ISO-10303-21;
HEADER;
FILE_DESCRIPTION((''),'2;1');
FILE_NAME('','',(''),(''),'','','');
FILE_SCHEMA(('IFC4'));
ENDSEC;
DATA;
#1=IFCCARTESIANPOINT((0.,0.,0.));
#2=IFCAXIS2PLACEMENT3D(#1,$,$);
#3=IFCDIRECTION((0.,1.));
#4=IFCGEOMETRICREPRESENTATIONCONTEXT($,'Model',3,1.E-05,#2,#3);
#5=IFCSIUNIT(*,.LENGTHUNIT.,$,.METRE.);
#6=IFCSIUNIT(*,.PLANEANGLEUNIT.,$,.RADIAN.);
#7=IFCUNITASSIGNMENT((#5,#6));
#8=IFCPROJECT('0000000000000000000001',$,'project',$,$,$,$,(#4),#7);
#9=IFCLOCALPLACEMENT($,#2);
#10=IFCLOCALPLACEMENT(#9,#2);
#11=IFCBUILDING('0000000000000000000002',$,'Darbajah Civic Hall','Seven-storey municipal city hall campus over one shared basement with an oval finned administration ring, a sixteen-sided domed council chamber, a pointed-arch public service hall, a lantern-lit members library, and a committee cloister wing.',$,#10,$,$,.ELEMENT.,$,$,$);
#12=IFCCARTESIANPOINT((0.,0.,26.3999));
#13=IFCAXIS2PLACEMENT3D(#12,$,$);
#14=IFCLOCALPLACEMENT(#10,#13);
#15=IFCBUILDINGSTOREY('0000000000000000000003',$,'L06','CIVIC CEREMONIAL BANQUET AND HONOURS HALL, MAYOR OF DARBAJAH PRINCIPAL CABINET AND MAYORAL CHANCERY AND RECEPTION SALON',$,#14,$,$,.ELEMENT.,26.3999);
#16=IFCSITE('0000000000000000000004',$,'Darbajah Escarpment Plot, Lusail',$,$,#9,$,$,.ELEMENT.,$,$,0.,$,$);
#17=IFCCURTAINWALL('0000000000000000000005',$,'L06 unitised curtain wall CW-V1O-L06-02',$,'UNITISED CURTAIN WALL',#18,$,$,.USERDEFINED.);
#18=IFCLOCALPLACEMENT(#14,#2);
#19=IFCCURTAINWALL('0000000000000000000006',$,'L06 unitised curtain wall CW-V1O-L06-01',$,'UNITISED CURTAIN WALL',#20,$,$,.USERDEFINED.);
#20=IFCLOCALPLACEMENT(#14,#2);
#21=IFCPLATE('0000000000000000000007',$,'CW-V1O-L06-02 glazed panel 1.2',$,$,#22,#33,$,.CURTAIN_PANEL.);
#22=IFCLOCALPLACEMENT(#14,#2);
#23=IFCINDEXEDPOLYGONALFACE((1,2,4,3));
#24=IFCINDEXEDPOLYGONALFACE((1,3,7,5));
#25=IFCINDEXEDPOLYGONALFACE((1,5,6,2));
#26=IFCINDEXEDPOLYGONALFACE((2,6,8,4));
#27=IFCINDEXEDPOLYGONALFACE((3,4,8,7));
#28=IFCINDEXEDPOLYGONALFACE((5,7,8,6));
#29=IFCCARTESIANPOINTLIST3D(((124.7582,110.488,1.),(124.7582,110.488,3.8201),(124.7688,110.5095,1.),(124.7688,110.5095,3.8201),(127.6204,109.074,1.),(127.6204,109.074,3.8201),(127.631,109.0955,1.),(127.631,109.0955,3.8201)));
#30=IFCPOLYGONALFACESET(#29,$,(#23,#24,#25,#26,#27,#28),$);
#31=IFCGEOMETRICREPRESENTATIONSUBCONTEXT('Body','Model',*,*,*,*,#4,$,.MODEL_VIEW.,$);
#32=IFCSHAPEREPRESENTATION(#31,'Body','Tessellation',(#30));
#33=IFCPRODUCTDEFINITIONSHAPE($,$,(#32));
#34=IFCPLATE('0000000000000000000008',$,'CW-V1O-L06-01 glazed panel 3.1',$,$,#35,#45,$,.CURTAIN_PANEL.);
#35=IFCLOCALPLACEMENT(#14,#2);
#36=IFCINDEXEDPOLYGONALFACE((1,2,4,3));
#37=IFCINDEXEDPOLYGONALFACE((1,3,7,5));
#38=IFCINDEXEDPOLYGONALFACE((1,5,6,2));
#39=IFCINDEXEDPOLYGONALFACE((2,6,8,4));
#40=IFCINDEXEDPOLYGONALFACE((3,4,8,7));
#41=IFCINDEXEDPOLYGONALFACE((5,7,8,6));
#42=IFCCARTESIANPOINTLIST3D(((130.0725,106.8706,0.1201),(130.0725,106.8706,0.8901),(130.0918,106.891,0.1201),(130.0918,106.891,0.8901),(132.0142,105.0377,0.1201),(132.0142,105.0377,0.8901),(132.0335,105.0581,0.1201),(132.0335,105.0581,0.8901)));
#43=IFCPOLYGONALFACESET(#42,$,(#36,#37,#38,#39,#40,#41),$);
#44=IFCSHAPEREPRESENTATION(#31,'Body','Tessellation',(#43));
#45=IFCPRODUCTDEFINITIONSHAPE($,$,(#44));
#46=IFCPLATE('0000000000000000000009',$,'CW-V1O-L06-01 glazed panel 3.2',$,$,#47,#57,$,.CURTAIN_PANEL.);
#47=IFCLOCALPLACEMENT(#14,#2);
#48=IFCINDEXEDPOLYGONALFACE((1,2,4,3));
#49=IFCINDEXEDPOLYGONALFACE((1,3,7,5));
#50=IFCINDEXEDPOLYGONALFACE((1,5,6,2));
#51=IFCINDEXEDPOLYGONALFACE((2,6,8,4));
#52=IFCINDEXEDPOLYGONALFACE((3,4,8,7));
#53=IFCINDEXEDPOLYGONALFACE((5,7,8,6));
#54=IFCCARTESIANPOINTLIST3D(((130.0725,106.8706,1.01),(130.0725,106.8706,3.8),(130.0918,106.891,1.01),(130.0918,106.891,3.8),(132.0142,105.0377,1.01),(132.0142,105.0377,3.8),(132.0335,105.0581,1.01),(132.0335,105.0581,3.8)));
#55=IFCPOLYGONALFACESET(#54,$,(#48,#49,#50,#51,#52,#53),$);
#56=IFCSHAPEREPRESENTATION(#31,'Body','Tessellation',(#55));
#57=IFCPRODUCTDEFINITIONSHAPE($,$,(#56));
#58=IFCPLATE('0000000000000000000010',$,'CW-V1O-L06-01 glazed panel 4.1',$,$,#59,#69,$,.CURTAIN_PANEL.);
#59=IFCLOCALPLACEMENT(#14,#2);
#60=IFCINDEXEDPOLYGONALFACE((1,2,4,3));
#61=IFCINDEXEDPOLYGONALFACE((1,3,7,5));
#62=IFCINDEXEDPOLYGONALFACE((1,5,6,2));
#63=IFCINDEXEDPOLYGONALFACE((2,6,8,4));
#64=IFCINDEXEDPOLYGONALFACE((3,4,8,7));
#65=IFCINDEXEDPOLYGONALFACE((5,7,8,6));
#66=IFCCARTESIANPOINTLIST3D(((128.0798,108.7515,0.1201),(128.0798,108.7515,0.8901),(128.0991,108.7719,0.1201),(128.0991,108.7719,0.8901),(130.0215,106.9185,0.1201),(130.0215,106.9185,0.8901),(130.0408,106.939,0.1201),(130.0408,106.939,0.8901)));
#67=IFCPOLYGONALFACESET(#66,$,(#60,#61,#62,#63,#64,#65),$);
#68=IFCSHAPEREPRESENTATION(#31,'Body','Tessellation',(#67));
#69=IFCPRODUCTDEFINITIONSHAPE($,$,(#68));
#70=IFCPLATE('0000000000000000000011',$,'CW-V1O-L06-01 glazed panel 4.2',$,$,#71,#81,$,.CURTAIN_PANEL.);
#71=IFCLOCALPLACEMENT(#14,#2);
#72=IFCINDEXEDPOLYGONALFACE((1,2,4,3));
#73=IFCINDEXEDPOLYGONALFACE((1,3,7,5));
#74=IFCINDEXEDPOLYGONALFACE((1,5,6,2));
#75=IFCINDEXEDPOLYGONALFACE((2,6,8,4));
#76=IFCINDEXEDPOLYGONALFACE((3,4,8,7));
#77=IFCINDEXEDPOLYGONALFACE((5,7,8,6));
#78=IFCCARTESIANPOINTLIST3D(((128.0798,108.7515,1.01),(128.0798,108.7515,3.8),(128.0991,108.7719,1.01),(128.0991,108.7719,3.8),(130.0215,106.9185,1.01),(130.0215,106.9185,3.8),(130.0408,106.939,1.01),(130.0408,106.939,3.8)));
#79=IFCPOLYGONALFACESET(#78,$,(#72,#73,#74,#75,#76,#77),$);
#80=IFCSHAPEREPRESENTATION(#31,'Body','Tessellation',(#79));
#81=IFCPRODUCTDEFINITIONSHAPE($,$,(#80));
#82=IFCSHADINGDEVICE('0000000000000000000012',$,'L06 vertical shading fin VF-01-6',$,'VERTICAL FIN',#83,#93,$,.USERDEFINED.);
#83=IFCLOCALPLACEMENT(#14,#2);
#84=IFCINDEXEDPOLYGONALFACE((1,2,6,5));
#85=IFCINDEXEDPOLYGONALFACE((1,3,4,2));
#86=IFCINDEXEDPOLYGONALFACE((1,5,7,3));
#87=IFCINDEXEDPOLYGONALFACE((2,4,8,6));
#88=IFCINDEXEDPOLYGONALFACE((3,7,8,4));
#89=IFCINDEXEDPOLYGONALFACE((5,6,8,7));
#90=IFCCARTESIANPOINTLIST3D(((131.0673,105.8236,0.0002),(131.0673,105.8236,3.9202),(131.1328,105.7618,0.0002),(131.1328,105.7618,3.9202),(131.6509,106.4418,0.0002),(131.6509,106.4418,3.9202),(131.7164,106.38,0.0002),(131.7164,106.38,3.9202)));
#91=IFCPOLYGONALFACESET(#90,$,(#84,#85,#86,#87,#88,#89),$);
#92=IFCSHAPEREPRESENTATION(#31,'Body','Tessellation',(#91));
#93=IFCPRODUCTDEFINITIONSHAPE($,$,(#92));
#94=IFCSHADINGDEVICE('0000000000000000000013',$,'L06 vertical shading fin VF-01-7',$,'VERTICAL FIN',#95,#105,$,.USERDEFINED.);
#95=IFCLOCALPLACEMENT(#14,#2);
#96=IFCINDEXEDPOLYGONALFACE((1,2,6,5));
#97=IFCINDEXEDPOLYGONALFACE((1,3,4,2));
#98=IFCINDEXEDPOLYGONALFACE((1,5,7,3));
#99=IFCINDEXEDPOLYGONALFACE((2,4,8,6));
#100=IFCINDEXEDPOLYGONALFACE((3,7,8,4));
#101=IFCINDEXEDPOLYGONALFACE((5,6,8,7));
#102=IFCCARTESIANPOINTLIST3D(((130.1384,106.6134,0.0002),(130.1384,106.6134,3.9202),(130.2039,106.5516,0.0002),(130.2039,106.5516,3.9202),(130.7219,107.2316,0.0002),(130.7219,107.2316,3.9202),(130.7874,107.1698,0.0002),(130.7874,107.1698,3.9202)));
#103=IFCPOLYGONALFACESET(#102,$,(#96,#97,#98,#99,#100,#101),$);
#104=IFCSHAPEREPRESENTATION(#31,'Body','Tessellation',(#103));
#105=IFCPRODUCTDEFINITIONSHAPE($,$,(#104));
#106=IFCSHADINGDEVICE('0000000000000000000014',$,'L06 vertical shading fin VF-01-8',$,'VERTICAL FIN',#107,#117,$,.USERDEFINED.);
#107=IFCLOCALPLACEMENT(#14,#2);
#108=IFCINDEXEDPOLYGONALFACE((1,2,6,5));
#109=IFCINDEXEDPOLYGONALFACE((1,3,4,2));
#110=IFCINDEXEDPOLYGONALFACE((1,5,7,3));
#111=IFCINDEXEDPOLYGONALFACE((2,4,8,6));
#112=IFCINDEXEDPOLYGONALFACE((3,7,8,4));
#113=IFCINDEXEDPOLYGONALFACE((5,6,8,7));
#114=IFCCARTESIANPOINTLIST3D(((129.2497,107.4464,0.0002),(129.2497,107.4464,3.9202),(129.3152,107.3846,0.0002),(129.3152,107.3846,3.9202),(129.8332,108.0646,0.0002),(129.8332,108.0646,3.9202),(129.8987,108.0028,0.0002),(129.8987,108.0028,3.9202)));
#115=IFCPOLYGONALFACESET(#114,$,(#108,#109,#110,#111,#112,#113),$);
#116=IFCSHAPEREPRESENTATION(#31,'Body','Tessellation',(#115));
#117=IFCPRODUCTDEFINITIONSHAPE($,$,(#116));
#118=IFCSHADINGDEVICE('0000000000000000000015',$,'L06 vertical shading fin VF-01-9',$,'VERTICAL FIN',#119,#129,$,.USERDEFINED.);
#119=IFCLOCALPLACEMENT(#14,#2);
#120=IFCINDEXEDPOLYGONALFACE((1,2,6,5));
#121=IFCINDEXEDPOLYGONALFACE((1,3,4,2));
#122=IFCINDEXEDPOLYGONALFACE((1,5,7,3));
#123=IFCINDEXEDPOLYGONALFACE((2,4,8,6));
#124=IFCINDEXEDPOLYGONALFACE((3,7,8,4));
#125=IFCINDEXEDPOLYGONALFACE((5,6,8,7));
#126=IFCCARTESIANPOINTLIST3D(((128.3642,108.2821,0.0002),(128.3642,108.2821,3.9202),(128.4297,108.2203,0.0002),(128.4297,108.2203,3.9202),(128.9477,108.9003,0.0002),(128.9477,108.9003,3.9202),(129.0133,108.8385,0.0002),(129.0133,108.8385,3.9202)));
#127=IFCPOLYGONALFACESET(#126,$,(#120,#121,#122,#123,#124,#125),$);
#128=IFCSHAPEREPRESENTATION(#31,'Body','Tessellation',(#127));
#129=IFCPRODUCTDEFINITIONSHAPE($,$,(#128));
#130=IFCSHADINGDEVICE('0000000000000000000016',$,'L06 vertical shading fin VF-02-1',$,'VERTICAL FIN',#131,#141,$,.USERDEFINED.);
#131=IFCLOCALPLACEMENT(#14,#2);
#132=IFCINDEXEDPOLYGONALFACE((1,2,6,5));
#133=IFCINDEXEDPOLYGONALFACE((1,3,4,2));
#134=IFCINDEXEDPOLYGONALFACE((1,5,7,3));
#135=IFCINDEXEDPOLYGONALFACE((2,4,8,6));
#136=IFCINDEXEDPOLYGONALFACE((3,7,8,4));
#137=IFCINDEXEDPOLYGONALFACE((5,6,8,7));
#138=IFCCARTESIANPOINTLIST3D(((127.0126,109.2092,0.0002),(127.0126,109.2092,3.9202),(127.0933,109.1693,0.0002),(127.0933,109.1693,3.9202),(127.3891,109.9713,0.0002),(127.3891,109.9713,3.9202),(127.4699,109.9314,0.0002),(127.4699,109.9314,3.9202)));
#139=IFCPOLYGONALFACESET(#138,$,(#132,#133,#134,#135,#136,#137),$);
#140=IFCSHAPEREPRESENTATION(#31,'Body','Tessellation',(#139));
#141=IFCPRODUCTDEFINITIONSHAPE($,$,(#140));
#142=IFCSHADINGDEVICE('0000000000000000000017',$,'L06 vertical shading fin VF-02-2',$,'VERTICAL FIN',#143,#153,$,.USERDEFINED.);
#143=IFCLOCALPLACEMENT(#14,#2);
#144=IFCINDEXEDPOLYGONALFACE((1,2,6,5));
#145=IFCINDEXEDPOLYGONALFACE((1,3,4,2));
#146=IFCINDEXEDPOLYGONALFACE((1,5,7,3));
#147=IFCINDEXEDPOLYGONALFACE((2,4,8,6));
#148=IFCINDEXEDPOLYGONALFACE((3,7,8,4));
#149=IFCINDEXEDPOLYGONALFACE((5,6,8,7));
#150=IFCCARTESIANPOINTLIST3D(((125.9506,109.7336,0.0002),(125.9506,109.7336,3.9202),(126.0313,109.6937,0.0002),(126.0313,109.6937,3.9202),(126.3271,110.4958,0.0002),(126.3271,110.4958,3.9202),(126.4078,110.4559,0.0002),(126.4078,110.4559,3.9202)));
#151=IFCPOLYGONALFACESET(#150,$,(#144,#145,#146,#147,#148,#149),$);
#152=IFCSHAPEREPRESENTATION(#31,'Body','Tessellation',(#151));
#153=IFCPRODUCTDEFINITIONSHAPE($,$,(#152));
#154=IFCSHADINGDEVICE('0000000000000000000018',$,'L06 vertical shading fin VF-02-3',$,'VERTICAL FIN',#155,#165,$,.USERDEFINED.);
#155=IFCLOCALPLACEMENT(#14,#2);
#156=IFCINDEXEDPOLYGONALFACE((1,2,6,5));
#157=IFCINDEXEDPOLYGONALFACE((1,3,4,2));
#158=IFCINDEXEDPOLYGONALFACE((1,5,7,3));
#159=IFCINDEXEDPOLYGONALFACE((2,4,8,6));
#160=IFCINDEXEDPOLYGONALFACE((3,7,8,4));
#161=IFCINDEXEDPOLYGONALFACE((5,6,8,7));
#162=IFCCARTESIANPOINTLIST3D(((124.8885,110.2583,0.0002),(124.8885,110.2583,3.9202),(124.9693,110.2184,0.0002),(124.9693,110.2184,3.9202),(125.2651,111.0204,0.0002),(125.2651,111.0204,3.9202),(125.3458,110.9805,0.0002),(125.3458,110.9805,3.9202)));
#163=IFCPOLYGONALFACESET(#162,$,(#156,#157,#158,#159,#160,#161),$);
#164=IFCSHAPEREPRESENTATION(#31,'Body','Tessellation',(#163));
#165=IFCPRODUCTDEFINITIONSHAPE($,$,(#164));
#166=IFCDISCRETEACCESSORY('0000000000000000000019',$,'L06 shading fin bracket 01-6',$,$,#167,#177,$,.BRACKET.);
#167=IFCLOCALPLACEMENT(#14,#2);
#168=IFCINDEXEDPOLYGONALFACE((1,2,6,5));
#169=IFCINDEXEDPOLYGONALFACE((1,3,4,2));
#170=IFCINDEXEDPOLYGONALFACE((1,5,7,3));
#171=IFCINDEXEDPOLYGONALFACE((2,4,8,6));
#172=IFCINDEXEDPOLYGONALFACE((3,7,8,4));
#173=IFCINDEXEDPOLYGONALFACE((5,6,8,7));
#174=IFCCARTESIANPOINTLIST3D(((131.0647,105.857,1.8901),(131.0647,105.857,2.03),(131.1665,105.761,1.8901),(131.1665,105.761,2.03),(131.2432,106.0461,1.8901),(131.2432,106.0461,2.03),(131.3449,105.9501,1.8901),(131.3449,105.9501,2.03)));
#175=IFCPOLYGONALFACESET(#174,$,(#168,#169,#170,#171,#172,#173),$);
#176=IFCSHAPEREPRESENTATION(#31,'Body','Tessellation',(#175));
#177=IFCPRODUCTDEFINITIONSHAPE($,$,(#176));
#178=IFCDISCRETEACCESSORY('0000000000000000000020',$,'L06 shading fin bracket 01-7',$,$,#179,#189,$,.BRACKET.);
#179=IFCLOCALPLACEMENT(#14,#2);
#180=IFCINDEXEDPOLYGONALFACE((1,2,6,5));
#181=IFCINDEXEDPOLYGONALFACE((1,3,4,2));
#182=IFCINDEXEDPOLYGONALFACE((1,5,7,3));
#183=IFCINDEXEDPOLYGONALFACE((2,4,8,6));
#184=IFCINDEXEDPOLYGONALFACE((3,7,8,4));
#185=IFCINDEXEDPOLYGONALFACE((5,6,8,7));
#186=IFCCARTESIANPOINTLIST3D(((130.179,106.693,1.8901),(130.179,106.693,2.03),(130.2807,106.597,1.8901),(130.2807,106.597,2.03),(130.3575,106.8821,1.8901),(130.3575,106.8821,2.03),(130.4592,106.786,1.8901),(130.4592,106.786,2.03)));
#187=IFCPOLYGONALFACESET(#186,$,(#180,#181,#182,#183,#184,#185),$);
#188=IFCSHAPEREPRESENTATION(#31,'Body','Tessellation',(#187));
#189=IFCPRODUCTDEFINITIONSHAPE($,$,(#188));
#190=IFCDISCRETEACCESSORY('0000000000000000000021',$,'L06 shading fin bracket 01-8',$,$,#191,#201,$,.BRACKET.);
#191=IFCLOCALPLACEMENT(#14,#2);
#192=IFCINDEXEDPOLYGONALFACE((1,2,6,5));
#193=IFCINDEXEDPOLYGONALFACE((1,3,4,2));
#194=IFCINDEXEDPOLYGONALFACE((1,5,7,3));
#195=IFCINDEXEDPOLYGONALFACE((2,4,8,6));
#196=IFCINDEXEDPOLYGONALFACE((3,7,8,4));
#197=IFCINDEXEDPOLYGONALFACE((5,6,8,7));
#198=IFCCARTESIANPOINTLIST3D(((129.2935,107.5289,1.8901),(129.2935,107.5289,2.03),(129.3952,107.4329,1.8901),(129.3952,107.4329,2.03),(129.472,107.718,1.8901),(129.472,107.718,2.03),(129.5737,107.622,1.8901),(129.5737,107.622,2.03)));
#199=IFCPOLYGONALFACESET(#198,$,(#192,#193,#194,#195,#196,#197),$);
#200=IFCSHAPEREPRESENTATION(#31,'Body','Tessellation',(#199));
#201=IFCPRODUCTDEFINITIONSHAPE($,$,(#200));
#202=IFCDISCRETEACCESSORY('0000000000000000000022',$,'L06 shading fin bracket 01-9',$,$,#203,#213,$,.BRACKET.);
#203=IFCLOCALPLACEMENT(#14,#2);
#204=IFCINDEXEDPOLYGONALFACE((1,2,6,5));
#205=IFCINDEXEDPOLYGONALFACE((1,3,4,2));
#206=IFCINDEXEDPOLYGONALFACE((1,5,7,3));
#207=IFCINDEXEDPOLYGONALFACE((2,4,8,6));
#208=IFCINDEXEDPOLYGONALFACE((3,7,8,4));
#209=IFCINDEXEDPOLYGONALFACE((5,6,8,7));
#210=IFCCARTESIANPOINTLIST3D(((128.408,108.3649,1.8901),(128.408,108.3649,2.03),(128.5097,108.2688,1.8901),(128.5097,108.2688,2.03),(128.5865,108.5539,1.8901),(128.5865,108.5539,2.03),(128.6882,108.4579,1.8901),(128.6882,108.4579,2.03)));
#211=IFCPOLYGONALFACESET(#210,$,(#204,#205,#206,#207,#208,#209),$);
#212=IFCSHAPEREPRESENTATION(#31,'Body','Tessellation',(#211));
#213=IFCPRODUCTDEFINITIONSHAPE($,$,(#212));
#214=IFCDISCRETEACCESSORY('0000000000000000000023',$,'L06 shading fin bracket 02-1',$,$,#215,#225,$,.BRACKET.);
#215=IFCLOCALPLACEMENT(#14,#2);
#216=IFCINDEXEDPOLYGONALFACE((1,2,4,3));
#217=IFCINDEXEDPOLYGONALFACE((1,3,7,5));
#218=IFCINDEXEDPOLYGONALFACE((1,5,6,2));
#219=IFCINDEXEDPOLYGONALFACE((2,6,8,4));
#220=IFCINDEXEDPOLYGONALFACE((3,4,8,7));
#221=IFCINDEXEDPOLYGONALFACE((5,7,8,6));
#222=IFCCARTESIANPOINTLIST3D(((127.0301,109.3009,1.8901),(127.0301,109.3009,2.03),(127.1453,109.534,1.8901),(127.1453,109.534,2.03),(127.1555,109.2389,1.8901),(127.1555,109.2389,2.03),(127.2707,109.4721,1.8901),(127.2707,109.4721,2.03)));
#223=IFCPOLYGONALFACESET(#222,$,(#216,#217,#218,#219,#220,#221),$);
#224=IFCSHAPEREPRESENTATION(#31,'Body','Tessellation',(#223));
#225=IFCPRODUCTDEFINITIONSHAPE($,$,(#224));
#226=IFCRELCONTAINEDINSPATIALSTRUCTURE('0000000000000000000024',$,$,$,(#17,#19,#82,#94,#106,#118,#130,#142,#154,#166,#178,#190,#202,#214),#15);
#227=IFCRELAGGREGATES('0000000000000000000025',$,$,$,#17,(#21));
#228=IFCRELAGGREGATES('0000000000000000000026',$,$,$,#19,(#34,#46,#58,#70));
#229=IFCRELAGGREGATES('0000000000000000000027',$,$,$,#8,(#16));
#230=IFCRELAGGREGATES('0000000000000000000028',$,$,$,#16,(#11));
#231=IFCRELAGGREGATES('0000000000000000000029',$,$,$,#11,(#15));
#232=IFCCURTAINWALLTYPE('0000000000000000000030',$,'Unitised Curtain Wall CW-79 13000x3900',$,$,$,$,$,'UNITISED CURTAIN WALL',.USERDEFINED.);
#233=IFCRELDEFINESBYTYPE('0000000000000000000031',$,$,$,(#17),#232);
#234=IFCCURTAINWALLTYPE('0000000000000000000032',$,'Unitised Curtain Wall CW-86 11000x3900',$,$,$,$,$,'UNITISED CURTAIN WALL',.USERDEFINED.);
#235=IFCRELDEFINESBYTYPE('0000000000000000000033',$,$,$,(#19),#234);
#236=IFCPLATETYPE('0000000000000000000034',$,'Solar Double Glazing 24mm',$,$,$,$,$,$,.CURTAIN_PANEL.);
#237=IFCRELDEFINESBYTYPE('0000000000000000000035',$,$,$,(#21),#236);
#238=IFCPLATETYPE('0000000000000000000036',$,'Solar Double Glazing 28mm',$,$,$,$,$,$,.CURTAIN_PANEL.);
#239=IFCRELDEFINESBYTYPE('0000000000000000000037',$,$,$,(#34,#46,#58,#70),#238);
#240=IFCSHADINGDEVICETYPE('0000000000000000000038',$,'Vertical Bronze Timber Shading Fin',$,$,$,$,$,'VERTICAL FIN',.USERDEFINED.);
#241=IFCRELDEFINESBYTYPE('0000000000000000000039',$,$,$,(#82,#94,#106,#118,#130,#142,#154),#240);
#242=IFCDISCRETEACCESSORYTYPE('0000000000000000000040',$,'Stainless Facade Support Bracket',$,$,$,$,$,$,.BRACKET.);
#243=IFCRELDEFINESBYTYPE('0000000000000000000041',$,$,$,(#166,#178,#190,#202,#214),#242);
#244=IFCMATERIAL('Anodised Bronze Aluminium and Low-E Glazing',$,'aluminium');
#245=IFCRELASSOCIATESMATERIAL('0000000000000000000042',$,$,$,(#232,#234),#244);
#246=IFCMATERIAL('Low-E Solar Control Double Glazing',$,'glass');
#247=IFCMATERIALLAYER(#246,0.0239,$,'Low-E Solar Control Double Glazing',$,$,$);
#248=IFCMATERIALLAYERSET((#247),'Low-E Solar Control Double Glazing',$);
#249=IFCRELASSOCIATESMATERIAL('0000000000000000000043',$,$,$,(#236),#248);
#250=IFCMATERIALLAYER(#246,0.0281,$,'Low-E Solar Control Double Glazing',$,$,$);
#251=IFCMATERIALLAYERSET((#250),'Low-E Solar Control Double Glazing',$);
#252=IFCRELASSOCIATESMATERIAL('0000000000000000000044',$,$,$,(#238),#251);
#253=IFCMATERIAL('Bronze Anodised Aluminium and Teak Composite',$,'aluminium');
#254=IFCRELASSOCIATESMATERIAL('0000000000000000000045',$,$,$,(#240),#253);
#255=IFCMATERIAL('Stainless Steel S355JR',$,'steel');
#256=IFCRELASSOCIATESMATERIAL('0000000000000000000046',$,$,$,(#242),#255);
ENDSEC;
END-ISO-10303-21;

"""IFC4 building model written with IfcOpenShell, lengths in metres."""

from ifc_helpers import new_model, si_unit, direction, frame, origin, origin_2d, place, context, subcontext, project, spatial, rectangle, extrude, material, layer, layer_set, type_object, element, aggregate, save


model = new_model("IFC4")

# Units and contexts
model_context = context("Model", 3, precision=1e-05, world=origin(), true_north=direction((0.0, 1.0)))
body_context = subcontext(model_context, "Body", "Model", "MODEL_VIEW")
ifc_project = project(units=[si_unit("LENGTHUNIT", "METRE"), si_unit("PLANEANGLEUNIT", "RADIAN")], contexts=[model_context])

# Site, building, storey
site_placement = place(None, origin())
site = spatial("IfcSite", under=ifc_project, at=site_placement, Name="Darbajah Escarpment Plot, Lusail", CompositionType="ELEMENT", RefElevation=0.0)
building_placement = place(site_placement, origin())
building = spatial("IfcBuilding", under=site, at=building_placement, Name="Darbajah Civic Hall", Description="Seven-storey municipal city hall campus over one shared basement with an oval finned administration ring, a sixteen-sided domed council chamber, a pointed-arch public service hall, a lantern-lit members library, and a committee cloister wing.", CompositionType="ELEMENT")
storey_placement = place(building_placement, frame((0.0, 0.0, 26.3999)))
storey = spatial("IfcBuildingStorey", under=building, at=storey_placement, Name="L06", Description="CIVIC CEREMONIAL BANQUET AND HONOURS HALL, MAYOR OF DARBAJAH PRINCIPAL CABINET AND MAYORAL CHANCERY AND RECEPTION SALON", CompositionType="ELEMENT", Elevation=26.3999)

# Curtain walls
ifc_material_1 = material(Name="Anodised Bronze Aluminium and Low-E Glazing", Category="aluminium")
curtain_wall_type_1 = type_object("IfcCurtainWallType", Name="Unitised Curtain Wall CW-79 13000x3900", ElementType="UNITISED CURTAIN WALL", PredefinedType="USERDEFINED", material=ifc_material_1)
curtain_wall_1_placement = place(storey_placement, origin())
curtain_wall_1 = element("IfcCurtainWall", 1, at=curtain_wall_1_placement, inside=storey, type_object=curtain_wall_type_1, Name="L06 unitised curtain wall CW-V1O-L06-02", ObjectType="UNITISED CURTAIN WALL", PredefinedType="USERDEFINED")
curtain_wall_type_2 = type_object("IfcCurtainWallType", Name="Unitised Curtain Wall CW-86 11000x3900", ElementType="UNITISED CURTAIN WALL", PredefinedType="USERDEFINED", material=ifc_material_1)
curtain_wall_2_placement = place(storey_placement, origin())
curtain_wall_2 = element("IfcCurtainWall", 2, at=curtain_wall_2_placement, inside=storey, type_object=curtain_wall_type_2, Name="L06 unitised curtain wall CW-V1O-L06-01", ObjectType="UNITISED CURTAIN WALL", PredefinedType="USERDEFINED")

# Plates
ifc_material_2 = material(Name="Low-E Solar Control Double Glazing", Category="glass")
ifc_layer_1 = layer(ifc_material_2, 0.0239, Name="Low-E Solar Control Double Glazing")
ifc_layer_set_1 = layer_set([ifc_layer_1], Name="Low-E Solar Control Double Glazing")
plate_type_1 = type_object("IfcPlateType", Name="Solar Double Glazing 24mm", PredefinedType="CURTAIN_PANEL", material=ifc_layer_set_1)
plate_1_placement = place(storey_placement, frame((126.1946, 109.7917, 1.0), z_axis=(0.0, 0.0, 1.0), x_axis=(-0.896564, 0.442915, 0.0)))
plate_1 = element("IfcPlate", 3, at=plate_1_placement, type_object=plate_type_1, Name="CW-V1O-L06-02 glazed panel 1.2", PredefinedType="CURTAIN_PANEL", context=body_context, shape_type="SweptSolid", body=[
    extrude(rectangle(XDim=3.1924, YDim=0.0239, at=origin_2d()), origin(), (0.0, 0.0, 1.0), 2.8201),
])
aggregate(curtain_wall_1, [plate_1])
ifc_layer_2 = layer(ifc_material_2, 0.0281, Name="Low-E Solar Control Double Glazing")
ifc_layer_set_2 = layer_set([ifc_layer_2], Name="Low-E Solar Control Double Glazing")
plate_type_2 = type_object("IfcPlateType", Name="Solar Double Glazing 28mm", PredefinedType="CURTAIN_PANEL", material=ifc_layer_set_2)
plate_2_placement = place(storey_placement, frame((131.053, 105.9644, 0.1201), z_axis=(0.0, 0.0, 1.0), x_axis=(-0.727174, 0.686453, 0.0)))
plate_2 = element("IfcPlate", 4, at=plate_2_placement, type_object=plate_type_2, Name="CW-V1O-L06-01 glazed panel 3.1", PredefinedType="CURTAIN_PANEL", context=body_context, shape_type="SweptSolid", body=[
    extrude(rectangle(XDim=2.6702, YDim=0.0281, at=origin_2d()), origin(), (0.0, 0.0, 1.0), 0.77),
])
plate_3_placement = place(storey_placement, frame((131.053, 105.9644, 1.01), z_axis=(0.0, 0.0, 1.0), x_axis=(-0.727174, 0.686453, 0.0)))
plate_3 = element("IfcPlate", 5, at=plate_3_placement, type_object=plate_type_2, Name="CW-V1O-L06-01 glazed panel 3.2", PredefinedType="CURTAIN_PANEL", context=body_context, shape_type="SweptSolid", body=[
    extrude(rectangle(XDim=2.6702, YDim=0.0281, at=origin_2d()), origin(), (0.0, 0.0, 1.0), 2.79),
])
plate_4_placement = place(storey_placement, frame((129.0603, 107.8452, 0.1201), z_axis=(0.0, 0.0, 1.0), x_axis=(-0.727174, 0.686453, 0.0)))
plate_4 = element("IfcPlate", 6, at=plate_4_placement, type_object=plate_type_2, Name="CW-V1O-L06-01 glazed panel 4.1", PredefinedType="CURTAIN_PANEL", context=body_context, shape_type="SweptSolid", body=[
    extrude(rectangle(XDim=2.6702, YDim=0.0281, at=origin_2d()), origin(), (0.0, 0.0, 1.0), 0.77),
])
plate_5_placement = place(storey_placement, frame((129.0603, 107.8452, 1.01), z_axis=(0.0, 0.0, 1.0), x_axis=(-0.727174, 0.686453, 0.0)))
plate_5 = element("IfcPlate", 7, at=plate_5_placement, type_object=plate_type_2, Name="CW-V1O-L06-01 glazed panel 4.2", PredefinedType="CURTAIN_PANEL", context=body_context, shape_type="SweptSolid", body=[
    extrude(rectangle(XDim=2.6702, YDim=0.0281, at=origin_2d()), origin(), (0.0, 0.0, 1.0), 2.79),
])
aggregate(curtain_wall_2, [plate_2, plate_3, plate_4, plate_5])

# Shading devices
ifc_material_3 = material(Name="Bronze Anodised Aluminium and Teak Composite", Category="aluminium")
shading_device_type = type_object("IfcShadingDeviceType", Name="Vertical Bronze Timber Shading Fin", ElementType="VERTICAL FIN", PredefinedType="USERDEFINED", material=ifc_material_3)
for number, where, z_axis, x_axis, name in (
    (8, (131.3918, 106.1018, 0.0002), (0.0, 0.0, 1.0), (0.686453, 0.727174, 0.0), "L06 vertical shading fin VF-01-6"),
    (9, (130.4629, 106.8916, 0.0002), (0.0, 0.0, 1.0), (0.686453, 0.727174, 0.0), "L06 vertical shading fin VF-01-7"),
    (10, (129.5742, 107.7246, 0.0002), (0.0, 0.0, 1.0), (0.686453, 0.727174, 0.0), "L06 vertical shading fin VF-01-8"),
    (11, (128.6887, 108.5603, 0.0002), (0.0, 0.0, 1.0), (0.686453, 0.727174, 0.0), "L06 vertical shading fin VF-01-9"),
    (12, (127.2412, 109.5703, 0.0002), (0.0, 0.0, 1.0), (0.442915, 0.896564, 0.0), "L06 vertical shading fin VF-02-1"),
    (13, (126.1792, 110.0947, 0.0002), (0.0, 0.0, 1.0), (0.442915, 0.896564, 0.0), "L06 vertical shading fin VF-02-2"),
    (14, (125.1172, 110.6194, 0.0002), (0.0, 0.0, 1.0), (0.442915, 0.896564, 0.0), "L06 vertical shading fin VF-02-3"),
):
    element("IfcShadingDevice", number, at=place(storey_placement, frame(where, z_axis=z_axis, x_axis=x_axis)), inside=storey, type_object=shading_device_type, Name=name, ObjectType="VERTICAL FIN", PredefinedType="USERDEFINED", context=body_context, shape_type="SweptSolid", body=[
        extrude(rectangle(XDim=0.8501, YDim=0.0901, at=origin_2d()), origin(), (0.0, 0.0, 1.0), 3.9199),
    ])

# Discrete accessories
ifc_material_4 = material(Name="Stainless Steel S355JR", Category="steel")
discrete_accessory_type = type_object("IfcDiscreteAccessoryType", Name="Stainless Facade Support Bracket", PredefinedType="BRACKET", material=ifc_material_4)
for number, where, z_axis, x_axis, name in (
    (15, (131.2048, 105.9036, 1.8901), (0.0, 0.0, 1.0), (0.686453, 0.727174, 0.0), "L06 shading fin bracket 01-6"),
    (16, (130.3191, 106.7395, 1.8901), (0.0, 0.0, 1.0), (0.686453, 0.727174, 0.0), "L06 shading fin bracket 01-7"),
    (17, (129.4336, 107.5754, 1.8901), (0.0, 0.0, 1.0), (0.686453, 0.727174, 0.0), "L06 shading fin bracket 01-8"),
    (18, (128.5481, 108.4114, 1.8901), (0.0, 0.0, 1.0), (0.686453, 0.727174, 0.0), "L06 shading fin bracket 01-9"),
    (19, (127.1504, 109.3865, 1.8901), (0.0, 0.0, 1.0), (0.442915, 0.896564, 0.0), "L06 shading fin bracket 02-1"),
):
    element("IfcDiscreteAccessory", number, at=place(storey_placement, frame(where, z_axis=z_axis, x_axis=x_axis)), inside=storey, type_object=discrete_accessory_type, Name=name, PredefinedType="BRACKET", context=body_context, shape_type="SweptSolid", body=[
        extrude(rectangle(XDim=0.26, YDim=0.1399, at=origin_2d()), origin(), (0.0, 0.0, 1.0), 0.1399),
    ])

save(model, "model.ifc")
